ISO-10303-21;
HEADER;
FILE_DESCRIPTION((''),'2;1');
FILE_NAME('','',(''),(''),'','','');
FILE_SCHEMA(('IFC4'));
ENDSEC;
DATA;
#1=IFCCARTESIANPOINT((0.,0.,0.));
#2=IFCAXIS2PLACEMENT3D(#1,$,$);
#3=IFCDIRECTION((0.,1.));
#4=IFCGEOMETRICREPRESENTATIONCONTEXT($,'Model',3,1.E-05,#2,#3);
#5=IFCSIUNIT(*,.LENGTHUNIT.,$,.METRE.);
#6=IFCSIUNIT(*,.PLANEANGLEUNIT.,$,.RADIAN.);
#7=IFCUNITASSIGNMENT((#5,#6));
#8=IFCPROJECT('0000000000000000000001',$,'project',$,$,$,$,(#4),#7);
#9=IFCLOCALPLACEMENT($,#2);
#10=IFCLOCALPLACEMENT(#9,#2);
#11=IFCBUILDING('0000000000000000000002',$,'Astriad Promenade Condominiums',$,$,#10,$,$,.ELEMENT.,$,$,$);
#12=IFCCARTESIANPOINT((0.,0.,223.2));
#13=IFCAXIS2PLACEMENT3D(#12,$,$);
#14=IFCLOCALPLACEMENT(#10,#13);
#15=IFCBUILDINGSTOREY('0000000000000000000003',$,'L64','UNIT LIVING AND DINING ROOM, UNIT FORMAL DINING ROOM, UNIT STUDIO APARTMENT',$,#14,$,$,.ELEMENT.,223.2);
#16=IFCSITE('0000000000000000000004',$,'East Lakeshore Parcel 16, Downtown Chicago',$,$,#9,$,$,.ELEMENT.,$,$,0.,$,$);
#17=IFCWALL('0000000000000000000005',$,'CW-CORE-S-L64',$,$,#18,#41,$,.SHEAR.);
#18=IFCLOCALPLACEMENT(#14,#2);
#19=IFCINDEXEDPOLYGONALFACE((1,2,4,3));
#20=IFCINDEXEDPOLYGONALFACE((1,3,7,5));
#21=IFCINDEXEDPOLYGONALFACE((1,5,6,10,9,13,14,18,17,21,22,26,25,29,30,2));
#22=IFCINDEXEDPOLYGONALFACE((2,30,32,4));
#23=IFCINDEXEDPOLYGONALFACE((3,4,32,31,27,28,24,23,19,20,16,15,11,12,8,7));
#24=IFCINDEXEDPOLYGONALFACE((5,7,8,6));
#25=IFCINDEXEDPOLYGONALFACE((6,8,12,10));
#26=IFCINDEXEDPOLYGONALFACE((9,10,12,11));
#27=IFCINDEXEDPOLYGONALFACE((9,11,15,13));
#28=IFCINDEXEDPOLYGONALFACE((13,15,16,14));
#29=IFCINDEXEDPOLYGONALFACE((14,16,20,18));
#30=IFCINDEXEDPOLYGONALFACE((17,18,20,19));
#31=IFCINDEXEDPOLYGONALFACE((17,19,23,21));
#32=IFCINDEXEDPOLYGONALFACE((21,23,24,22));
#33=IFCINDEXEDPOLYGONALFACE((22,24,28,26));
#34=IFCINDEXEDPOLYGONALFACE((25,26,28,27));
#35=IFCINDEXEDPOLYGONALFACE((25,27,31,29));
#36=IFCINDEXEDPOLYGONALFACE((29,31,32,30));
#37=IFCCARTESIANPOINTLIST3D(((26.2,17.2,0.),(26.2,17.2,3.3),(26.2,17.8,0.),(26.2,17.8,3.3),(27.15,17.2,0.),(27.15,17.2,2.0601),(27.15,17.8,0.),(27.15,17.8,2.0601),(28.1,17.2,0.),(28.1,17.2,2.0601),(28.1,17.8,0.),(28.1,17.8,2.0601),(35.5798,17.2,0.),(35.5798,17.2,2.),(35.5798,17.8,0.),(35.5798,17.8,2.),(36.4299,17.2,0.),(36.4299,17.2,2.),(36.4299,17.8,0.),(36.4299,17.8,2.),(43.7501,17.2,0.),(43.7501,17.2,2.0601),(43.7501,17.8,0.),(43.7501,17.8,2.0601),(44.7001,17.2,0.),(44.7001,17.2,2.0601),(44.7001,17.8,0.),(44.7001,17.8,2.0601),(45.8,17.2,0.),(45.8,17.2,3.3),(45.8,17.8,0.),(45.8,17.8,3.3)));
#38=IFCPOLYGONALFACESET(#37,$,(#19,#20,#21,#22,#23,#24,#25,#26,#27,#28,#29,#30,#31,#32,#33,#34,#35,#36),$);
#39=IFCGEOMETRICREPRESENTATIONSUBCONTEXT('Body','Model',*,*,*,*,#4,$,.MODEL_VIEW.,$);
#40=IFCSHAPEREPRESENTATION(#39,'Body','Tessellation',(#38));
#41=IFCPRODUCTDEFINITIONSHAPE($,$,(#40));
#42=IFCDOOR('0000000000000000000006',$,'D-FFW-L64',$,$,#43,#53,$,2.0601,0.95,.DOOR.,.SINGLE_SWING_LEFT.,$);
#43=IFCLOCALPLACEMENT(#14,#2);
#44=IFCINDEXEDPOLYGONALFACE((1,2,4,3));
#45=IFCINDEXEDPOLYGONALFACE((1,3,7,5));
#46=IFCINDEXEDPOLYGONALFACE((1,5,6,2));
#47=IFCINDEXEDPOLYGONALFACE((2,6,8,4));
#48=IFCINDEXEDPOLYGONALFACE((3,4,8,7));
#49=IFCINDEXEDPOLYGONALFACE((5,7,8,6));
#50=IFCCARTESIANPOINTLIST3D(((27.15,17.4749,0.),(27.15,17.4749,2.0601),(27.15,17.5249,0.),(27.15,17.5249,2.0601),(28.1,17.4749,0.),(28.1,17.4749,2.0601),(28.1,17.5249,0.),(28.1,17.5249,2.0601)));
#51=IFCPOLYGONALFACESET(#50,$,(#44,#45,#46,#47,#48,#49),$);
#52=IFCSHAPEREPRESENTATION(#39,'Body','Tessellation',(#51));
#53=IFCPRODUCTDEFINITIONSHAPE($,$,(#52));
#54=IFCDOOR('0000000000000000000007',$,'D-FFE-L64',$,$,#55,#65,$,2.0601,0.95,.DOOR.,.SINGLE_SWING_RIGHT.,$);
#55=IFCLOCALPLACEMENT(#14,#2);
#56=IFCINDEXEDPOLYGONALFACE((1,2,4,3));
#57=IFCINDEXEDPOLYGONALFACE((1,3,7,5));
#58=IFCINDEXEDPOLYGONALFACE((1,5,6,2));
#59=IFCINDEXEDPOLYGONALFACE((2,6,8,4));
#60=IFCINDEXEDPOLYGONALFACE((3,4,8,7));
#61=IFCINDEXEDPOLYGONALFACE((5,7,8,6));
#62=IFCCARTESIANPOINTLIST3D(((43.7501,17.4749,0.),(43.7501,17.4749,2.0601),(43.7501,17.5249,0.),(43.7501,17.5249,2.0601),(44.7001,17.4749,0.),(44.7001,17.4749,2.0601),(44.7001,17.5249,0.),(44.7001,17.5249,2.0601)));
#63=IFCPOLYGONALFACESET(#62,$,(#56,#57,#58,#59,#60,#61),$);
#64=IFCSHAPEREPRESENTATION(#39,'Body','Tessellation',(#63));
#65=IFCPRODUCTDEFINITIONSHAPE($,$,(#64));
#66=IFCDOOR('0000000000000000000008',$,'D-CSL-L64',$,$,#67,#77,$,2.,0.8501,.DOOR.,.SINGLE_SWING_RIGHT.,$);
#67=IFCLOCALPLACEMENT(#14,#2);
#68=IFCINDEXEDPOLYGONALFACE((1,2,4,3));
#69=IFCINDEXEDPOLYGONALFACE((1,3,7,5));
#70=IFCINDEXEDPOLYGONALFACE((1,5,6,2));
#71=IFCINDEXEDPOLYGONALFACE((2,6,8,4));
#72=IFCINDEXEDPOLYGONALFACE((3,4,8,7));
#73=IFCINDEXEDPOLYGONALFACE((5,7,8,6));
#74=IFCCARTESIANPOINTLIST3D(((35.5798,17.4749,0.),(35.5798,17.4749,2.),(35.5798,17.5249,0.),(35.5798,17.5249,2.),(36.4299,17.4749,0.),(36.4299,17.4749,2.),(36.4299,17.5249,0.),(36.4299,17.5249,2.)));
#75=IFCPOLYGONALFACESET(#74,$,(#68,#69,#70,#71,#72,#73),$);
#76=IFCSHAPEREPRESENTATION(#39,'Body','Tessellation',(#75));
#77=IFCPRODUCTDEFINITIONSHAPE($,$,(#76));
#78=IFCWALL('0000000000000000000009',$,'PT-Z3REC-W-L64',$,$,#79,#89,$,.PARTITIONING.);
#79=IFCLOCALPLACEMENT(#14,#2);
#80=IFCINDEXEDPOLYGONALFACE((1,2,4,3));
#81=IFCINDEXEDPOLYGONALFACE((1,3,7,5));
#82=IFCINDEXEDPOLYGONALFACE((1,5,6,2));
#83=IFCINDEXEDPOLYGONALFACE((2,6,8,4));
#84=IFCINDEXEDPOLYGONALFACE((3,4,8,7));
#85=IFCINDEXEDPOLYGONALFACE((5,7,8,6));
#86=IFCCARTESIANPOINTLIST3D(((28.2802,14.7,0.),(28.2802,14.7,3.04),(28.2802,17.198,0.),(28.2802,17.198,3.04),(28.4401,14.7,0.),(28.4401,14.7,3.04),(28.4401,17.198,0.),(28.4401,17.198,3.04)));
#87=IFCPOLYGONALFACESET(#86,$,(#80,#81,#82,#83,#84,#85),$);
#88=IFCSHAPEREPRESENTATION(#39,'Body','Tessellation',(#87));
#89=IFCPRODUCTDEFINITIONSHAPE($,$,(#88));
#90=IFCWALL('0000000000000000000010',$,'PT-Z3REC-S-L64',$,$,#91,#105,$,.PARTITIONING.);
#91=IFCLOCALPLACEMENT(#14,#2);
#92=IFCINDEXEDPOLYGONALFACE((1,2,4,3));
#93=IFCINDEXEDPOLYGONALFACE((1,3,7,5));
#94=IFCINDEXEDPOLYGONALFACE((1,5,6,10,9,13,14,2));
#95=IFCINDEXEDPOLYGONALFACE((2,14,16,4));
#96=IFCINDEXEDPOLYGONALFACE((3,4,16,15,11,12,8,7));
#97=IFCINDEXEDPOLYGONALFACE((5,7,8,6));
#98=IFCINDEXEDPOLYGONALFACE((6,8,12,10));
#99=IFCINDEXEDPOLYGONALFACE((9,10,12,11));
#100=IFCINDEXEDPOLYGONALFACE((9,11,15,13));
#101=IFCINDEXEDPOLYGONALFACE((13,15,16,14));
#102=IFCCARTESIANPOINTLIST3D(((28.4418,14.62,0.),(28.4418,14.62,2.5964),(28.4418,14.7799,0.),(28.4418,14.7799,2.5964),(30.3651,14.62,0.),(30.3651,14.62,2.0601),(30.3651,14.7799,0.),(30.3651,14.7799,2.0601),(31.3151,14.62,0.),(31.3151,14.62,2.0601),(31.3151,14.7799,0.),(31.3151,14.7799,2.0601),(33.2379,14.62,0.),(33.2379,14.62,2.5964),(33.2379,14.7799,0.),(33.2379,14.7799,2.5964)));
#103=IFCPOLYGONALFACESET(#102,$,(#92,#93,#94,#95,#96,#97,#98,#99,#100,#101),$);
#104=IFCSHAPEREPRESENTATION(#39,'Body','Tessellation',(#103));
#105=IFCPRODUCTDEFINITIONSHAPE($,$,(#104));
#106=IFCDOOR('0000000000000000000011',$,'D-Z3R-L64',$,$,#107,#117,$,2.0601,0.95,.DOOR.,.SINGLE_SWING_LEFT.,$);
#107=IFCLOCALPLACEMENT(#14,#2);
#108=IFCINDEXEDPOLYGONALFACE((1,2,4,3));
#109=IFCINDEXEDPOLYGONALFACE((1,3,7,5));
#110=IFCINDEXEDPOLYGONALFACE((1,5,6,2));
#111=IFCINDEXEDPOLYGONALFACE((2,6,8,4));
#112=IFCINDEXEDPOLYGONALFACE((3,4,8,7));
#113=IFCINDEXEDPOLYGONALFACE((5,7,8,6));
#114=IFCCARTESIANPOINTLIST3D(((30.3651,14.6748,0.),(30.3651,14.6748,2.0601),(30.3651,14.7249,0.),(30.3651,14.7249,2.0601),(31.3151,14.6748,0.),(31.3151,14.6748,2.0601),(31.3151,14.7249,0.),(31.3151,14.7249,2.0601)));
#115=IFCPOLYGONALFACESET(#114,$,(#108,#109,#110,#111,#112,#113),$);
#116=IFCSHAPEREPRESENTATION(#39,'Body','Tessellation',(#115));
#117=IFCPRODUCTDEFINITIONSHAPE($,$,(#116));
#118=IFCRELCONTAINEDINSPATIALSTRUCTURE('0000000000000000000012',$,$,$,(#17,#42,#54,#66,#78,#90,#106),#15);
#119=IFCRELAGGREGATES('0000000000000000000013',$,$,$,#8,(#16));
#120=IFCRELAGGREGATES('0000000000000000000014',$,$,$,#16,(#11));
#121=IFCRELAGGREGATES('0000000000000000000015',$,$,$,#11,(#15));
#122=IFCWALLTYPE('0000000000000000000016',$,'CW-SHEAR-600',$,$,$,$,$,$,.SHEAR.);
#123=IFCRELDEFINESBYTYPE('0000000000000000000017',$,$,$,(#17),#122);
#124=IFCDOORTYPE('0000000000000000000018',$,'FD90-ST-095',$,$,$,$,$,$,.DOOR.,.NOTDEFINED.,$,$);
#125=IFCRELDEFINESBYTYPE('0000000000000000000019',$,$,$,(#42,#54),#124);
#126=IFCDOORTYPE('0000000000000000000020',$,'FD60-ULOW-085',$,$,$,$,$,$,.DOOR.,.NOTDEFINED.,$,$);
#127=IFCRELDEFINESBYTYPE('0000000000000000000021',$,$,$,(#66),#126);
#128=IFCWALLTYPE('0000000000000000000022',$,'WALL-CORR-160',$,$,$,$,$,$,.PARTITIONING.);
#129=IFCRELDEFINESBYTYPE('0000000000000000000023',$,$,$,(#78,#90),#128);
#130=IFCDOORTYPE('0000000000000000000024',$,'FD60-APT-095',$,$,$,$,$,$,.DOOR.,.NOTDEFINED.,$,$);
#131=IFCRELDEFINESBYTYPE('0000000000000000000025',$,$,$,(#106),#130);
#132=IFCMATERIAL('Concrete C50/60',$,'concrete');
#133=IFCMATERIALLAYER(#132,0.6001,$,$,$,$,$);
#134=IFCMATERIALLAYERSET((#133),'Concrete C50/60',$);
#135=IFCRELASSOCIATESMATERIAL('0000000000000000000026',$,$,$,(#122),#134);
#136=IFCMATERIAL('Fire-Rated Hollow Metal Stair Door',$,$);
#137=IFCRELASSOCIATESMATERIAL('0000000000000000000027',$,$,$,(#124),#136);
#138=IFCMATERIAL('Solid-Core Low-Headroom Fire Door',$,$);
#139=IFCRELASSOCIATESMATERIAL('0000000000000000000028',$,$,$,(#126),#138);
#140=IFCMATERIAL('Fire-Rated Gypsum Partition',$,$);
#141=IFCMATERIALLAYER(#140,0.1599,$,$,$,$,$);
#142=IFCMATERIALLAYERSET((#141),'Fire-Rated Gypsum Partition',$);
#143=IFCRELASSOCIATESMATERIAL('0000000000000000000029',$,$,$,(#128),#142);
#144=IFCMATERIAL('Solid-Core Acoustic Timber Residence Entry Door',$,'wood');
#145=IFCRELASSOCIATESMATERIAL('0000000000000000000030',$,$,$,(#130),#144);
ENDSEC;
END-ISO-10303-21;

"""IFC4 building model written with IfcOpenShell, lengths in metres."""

from ifc_helpers import new_model, si_unit, direction, frame, frame_2d, origin, place, context, subcontext, project, spatial, rectangle, extrude, source, transform, mapped, material, layer, layer_set, type_object, type_shapes, element, fill, save


model = new_model("IFC4")

# Units and contexts
model_context = context("Model", 3, precision=1e-05, world=origin(), true_north=direction((0.0, 1.0)))
body_context = subcontext(model_context, "Body", "Model", "MODEL_VIEW")
ifc_project = project(units=[si_unit("LENGTHUNIT", "METRE"), si_unit("PLANEANGLEUNIT", "RADIAN")], contexts=[model_context])

# Site, building, storey
site_placement = place(None, origin())
site = spatial("IfcSite", under=ifc_project, at=site_placement, Name="East Lakeshore Parcel 16, Downtown Chicago", CompositionType="ELEMENT", RefElevation=0.0)
building_placement = place(site_placement, origin())
building = spatial("IfcBuilding", under=site, at=building_placement, Name="Astriad Promenade Condominiums", CompositionType="ELEMENT")
storey_placement = place(building_placement, frame((0.0, 0.0, 223.2)))
storey = spatial("IfcBuildingStorey", under=building, at=storey_placement, Name="L64", Description="UNIT LIVING AND DINING ROOM, UNIT FORMAL DINING ROOM, UNIT STUDIO APARTMENT", CompositionType="ELEMENT", Elevation=223.2)

# Wall, openings, doors
ifc_material_1 = material(Name="Concrete C50/60", Category="concrete")
ifc_layer_1 = layer(ifc_material_1, 0.6001)
ifc_layer_set_1 = layer_set([ifc_layer_1], Name="Concrete C50/60")
wall_type_1 = type_object("IfcWallType", Name="CW-SHEAR-600", PredefinedType="SHEAR", material=ifc_layer_set_1)
wall_1_placement = place(storey_placement, frame((26.2, 17.5, 0.0), z_axis=(0.0, 0.0, 1.0), x_axis=(1.0, 0.0, 0.0)))
wall_1 = element("IfcWall", 1, at=wall_1_placement, inside=storey, type_object=wall_type_1, Name="CW-CORE-S-L64", PredefinedType="SHEAR", context=body_context, shape_type="SweptSolid", body=[
    extrude(rectangle(XDim=19.6001, YDim=0.6001, at=frame_2d((9.8, 0.0))), origin(), (0.0, 0.0, 1.0), 3.3),
])
opening_1_placement = place(wall_1_placement, frame((0.95, 0.0, 0.0)))
opening_1 = element("IfcOpeningElement", 2, at=opening_1_placement, cuts=wall_1, PredefinedType="OPENING", context=body_context, shape_type="SweptSolid", body=[
    extrude(rectangle(XDim=0.95, YDim=2.0601, at=frame_2d((0.4751, 1.03))), frame((0.0, 0.3101, 0.0), z_axis=(0.0, -1.0, 0.0), x_axis=(1.0, 0.0, 0.0)), (0.0, 0.0, 1.0), 0.6201),
])
opening_2_placement = place(wall_1_placement, frame((9.3799, 0.0, 0.0)))
opening_2 = element("IfcOpeningElement", 3, at=opening_2_placement, cuts=wall_1, PredefinedType="OPENING", context=body_context, shape_type="SweptSolid", body=[
    extrude(rectangle(XDim=0.8501, YDim=2.0, at=frame_2d((0.425, 1.0))), frame((0.0, 0.3101, 0.0), z_axis=(0.0, -1.0, 0.0), x_axis=(1.0, 0.0, 0.0)), (0.0, 0.0, 1.0), 0.6201),
])
opening_3_placement = place(wall_1_placement, frame((17.55, 0.0, 0.0)))
opening_3 = element("IfcOpeningElement", 4, at=opening_3_placement, cuts=wall_1, PredefinedType="OPENING", context=body_context, shape_type="SweptSolid", body=[
    extrude(rectangle(XDim=0.95, YDim=2.0601, at=frame_2d((0.4751, 1.03))), frame((0.0, 0.3101, 0.0), z_axis=(0.0, -1.0, 0.0), x_axis=(1.0, 0.0, 0.0)), (0.0, 0.0, 1.0), 0.6201),
])
ifc_material_2 = material(Name="Fire-Rated Hollow Metal Stair Door")
door_type_1 = type_object("IfcDoorType", Name="FD90-ST-095", OperationType="NOTDEFINED", PredefinedType="DOOR", material=ifc_material_2)
shared_shape_1 = source(origin(), body_context, "Body", "SweptSolid", [
    extrude(rectangle(XDim=0.95, YDim=2.0601, at=frame_2d((0.4751, 1.03))), frame((0.0, 0.0249, 0.0), z_axis=(0.0, -1.0, 0.0), x_axis=(1.0, 0.0, 0.0)), (0.0, 0.0, 1.0), 0.05),
])
type_shapes(door_type_1, [shared_shape_1])
door_1_placement = place(opening_1_placement, origin())
door_1 = element("IfcDoor", 5, at=door_1_placement, inside=storey, type_object=door_type_1, Name="D-FFW-L64", OperationType="SINGLE_SWING_LEFT", OverallHeight=2.0601, OverallWidth=0.95, PredefinedType="DOOR", context=body_context, shape_type="MappedRepresentation", body=[
    mapped(shared_shape_1, transform((0.0, 0.0, 0.0), scale=1.0)),
])
fill(opening_1, door_1)
door_2_placement = place(opening_3_placement, origin())
door_2 = element("IfcDoor", 6, at=door_2_placement, inside=storey, type_object=door_type_1, Name="D-FFE-L64", OperationType="SINGLE_SWING_RIGHT", OverallHeight=2.0601, OverallWidth=0.95, PredefinedType="DOOR", context=body_context, shape_type="MappedRepresentation", body=[
    mapped(shared_shape_1, transform((0.0, 0.0, 0.0), scale=1.0)),
])
fill(opening_3, door_2)
ifc_material_3 = material(Name="Solid-Core Low-Headroom Fire Door")
door_type_2 = type_object("IfcDoorType", Name="FD60-ULOW-085", OperationType="NOTDEFINED", PredefinedType="DOOR", material=ifc_material_3)
shared_shape_2 = source(origin(), body_context, "Body", "SweptSolid", [
    extrude(rectangle(XDim=0.8501, YDim=2.0, at=frame_2d((0.425, 1.0))), frame((0.0, 0.0249, 0.0), z_axis=(0.0, -1.0, 0.0), x_axis=(1.0, 0.0, 0.0)), (0.0, 0.0, 1.0), 0.05),
])
type_shapes(door_type_2, [shared_shape_2])
door_3_placement = place(opening_2_placement, origin())
door_3 = element("IfcDoor", 7, at=door_3_placement, inside=storey, type_object=door_type_2, Name="D-CSL-L64", OperationType="SINGLE_SWING_RIGHT", OverallHeight=2.0, OverallWidth=0.8501, PredefinedType="DOOR", context=body_context, shape_type="MappedRepresentation", body=[
    mapped(shared_shape_2, transform((0.0, 0.0, 0.0), scale=1.0)),
])
fill(opening_2, door_3)

# Wall
ifc_material_4 = material(Name="Fire-Rated Gypsum Partition")
ifc_layer_2 = layer(ifc_material_4, 0.1599)
ifc_layer_set_2 = layer_set([ifc_layer_2], Name="Fire-Rated Gypsum Partition")
wall_type_2 = type_object("IfcWallType", Name="WALL-CORR-160", PredefinedType="PARTITIONING", material=ifc_layer_set_2)
wall_2_placement = place(storey_placement, frame((28.3601, 14.7, 0.0), z_axis=(0.0, 0.0, 1.0), x_axis=(0.0, 1.0, 0.0)))
element("IfcWall", 8, at=wall_2_placement, inside=storey, type_object=wall_type_2, Name="PT-Z3REC-W-L64", PredefinedType="PARTITIONING", context=body_context, shape_type="SweptSolid", body=[
    extrude(rectangle(XDim=2.498, YDim=0.1599, at=frame_2d((1.249, 0.0))), origin(), (0.0, 0.0, 1.0), 3.04),
])

# Wall, opening, door
wall_3_placement = place(storey_placement, frame((28.4419, 14.7, 0.0), z_axis=(0.0, 0.0, 1.0), x_axis=(1.0, 0.0, 0.0)))
wall_3 = element("IfcWall", 9, at=wall_3_placement, inside=storey, type_object=wall_type_2, Name="PT-Z3REC-S-L64", PredefinedType="PARTITIONING", context=body_context, shape_type="SweptSolid", body=[
    extrude(rectangle(XDim=4.7961, YDim=0.1599, at=frame_2d((2.3979, 0.0))), origin(), (0.0, 0.0, 1.0), 2.5964),
])
opening_4_placement = place(wall_3_placement, frame((1.9231, 0.0, 0.0)))
opening_4 = element("IfcOpeningElement", 10, at=opening_4_placement, cuts=wall_3, PredefinedType="OPENING", context=body_context, shape_type="SweptSolid", body=[
    extrude(rectangle(XDim=0.95, YDim=2.0601, at=frame_2d((0.4751, 1.03))), frame((0.0, 0.0898, 0.0), z_axis=(0.0, -1.0, 0.0), x_axis=(1.0, 0.0, 0.0)), (0.0, 0.0, 1.0), 0.1799),
])
ifc_material_5 = material(Name="Solid-Core Acoustic Timber Residence Entry Door", Category="wood")
door_type_3 = type_object("IfcDoorType", Name="FD60-APT-095", OperationType="NOTDEFINED", PredefinedType="DOOR", material=ifc_material_5)
shared_shape_3 = source(origin(), body_context, "Body", "SweptSolid", [
    extrude(rectangle(XDim=0.95, YDim=2.0601, at=frame_2d((0.4751, 1.03))), frame((0.0, 0.0249, 0.0), z_axis=(0.0, -1.0, 0.0), x_axis=(1.0, 0.0, 0.0)), (0.0, 0.0, 1.0), 0.05),
])
type_shapes(door_type_3, [shared_shape_3])
door_4_placement = place(opening_4_placement, origin())
door_4 = element("IfcDoor", 11, at=door_4_placement, inside=storey, type_object=door_type_3, Name="D-Z3R-L64", OperationType="SINGLE_SWING_LEFT", OverallHeight=2.0601, OverallWidth=0.95, PredefinedType="DOOR", context=body_context, shape_type="MappedRepresentation", body=[
    mapped(shared_shape_3, transform((0.0, 0.0, 0.0), scale=1.0)),
])
fill(opening_4, door_4)

save(model, "model.ifc")
